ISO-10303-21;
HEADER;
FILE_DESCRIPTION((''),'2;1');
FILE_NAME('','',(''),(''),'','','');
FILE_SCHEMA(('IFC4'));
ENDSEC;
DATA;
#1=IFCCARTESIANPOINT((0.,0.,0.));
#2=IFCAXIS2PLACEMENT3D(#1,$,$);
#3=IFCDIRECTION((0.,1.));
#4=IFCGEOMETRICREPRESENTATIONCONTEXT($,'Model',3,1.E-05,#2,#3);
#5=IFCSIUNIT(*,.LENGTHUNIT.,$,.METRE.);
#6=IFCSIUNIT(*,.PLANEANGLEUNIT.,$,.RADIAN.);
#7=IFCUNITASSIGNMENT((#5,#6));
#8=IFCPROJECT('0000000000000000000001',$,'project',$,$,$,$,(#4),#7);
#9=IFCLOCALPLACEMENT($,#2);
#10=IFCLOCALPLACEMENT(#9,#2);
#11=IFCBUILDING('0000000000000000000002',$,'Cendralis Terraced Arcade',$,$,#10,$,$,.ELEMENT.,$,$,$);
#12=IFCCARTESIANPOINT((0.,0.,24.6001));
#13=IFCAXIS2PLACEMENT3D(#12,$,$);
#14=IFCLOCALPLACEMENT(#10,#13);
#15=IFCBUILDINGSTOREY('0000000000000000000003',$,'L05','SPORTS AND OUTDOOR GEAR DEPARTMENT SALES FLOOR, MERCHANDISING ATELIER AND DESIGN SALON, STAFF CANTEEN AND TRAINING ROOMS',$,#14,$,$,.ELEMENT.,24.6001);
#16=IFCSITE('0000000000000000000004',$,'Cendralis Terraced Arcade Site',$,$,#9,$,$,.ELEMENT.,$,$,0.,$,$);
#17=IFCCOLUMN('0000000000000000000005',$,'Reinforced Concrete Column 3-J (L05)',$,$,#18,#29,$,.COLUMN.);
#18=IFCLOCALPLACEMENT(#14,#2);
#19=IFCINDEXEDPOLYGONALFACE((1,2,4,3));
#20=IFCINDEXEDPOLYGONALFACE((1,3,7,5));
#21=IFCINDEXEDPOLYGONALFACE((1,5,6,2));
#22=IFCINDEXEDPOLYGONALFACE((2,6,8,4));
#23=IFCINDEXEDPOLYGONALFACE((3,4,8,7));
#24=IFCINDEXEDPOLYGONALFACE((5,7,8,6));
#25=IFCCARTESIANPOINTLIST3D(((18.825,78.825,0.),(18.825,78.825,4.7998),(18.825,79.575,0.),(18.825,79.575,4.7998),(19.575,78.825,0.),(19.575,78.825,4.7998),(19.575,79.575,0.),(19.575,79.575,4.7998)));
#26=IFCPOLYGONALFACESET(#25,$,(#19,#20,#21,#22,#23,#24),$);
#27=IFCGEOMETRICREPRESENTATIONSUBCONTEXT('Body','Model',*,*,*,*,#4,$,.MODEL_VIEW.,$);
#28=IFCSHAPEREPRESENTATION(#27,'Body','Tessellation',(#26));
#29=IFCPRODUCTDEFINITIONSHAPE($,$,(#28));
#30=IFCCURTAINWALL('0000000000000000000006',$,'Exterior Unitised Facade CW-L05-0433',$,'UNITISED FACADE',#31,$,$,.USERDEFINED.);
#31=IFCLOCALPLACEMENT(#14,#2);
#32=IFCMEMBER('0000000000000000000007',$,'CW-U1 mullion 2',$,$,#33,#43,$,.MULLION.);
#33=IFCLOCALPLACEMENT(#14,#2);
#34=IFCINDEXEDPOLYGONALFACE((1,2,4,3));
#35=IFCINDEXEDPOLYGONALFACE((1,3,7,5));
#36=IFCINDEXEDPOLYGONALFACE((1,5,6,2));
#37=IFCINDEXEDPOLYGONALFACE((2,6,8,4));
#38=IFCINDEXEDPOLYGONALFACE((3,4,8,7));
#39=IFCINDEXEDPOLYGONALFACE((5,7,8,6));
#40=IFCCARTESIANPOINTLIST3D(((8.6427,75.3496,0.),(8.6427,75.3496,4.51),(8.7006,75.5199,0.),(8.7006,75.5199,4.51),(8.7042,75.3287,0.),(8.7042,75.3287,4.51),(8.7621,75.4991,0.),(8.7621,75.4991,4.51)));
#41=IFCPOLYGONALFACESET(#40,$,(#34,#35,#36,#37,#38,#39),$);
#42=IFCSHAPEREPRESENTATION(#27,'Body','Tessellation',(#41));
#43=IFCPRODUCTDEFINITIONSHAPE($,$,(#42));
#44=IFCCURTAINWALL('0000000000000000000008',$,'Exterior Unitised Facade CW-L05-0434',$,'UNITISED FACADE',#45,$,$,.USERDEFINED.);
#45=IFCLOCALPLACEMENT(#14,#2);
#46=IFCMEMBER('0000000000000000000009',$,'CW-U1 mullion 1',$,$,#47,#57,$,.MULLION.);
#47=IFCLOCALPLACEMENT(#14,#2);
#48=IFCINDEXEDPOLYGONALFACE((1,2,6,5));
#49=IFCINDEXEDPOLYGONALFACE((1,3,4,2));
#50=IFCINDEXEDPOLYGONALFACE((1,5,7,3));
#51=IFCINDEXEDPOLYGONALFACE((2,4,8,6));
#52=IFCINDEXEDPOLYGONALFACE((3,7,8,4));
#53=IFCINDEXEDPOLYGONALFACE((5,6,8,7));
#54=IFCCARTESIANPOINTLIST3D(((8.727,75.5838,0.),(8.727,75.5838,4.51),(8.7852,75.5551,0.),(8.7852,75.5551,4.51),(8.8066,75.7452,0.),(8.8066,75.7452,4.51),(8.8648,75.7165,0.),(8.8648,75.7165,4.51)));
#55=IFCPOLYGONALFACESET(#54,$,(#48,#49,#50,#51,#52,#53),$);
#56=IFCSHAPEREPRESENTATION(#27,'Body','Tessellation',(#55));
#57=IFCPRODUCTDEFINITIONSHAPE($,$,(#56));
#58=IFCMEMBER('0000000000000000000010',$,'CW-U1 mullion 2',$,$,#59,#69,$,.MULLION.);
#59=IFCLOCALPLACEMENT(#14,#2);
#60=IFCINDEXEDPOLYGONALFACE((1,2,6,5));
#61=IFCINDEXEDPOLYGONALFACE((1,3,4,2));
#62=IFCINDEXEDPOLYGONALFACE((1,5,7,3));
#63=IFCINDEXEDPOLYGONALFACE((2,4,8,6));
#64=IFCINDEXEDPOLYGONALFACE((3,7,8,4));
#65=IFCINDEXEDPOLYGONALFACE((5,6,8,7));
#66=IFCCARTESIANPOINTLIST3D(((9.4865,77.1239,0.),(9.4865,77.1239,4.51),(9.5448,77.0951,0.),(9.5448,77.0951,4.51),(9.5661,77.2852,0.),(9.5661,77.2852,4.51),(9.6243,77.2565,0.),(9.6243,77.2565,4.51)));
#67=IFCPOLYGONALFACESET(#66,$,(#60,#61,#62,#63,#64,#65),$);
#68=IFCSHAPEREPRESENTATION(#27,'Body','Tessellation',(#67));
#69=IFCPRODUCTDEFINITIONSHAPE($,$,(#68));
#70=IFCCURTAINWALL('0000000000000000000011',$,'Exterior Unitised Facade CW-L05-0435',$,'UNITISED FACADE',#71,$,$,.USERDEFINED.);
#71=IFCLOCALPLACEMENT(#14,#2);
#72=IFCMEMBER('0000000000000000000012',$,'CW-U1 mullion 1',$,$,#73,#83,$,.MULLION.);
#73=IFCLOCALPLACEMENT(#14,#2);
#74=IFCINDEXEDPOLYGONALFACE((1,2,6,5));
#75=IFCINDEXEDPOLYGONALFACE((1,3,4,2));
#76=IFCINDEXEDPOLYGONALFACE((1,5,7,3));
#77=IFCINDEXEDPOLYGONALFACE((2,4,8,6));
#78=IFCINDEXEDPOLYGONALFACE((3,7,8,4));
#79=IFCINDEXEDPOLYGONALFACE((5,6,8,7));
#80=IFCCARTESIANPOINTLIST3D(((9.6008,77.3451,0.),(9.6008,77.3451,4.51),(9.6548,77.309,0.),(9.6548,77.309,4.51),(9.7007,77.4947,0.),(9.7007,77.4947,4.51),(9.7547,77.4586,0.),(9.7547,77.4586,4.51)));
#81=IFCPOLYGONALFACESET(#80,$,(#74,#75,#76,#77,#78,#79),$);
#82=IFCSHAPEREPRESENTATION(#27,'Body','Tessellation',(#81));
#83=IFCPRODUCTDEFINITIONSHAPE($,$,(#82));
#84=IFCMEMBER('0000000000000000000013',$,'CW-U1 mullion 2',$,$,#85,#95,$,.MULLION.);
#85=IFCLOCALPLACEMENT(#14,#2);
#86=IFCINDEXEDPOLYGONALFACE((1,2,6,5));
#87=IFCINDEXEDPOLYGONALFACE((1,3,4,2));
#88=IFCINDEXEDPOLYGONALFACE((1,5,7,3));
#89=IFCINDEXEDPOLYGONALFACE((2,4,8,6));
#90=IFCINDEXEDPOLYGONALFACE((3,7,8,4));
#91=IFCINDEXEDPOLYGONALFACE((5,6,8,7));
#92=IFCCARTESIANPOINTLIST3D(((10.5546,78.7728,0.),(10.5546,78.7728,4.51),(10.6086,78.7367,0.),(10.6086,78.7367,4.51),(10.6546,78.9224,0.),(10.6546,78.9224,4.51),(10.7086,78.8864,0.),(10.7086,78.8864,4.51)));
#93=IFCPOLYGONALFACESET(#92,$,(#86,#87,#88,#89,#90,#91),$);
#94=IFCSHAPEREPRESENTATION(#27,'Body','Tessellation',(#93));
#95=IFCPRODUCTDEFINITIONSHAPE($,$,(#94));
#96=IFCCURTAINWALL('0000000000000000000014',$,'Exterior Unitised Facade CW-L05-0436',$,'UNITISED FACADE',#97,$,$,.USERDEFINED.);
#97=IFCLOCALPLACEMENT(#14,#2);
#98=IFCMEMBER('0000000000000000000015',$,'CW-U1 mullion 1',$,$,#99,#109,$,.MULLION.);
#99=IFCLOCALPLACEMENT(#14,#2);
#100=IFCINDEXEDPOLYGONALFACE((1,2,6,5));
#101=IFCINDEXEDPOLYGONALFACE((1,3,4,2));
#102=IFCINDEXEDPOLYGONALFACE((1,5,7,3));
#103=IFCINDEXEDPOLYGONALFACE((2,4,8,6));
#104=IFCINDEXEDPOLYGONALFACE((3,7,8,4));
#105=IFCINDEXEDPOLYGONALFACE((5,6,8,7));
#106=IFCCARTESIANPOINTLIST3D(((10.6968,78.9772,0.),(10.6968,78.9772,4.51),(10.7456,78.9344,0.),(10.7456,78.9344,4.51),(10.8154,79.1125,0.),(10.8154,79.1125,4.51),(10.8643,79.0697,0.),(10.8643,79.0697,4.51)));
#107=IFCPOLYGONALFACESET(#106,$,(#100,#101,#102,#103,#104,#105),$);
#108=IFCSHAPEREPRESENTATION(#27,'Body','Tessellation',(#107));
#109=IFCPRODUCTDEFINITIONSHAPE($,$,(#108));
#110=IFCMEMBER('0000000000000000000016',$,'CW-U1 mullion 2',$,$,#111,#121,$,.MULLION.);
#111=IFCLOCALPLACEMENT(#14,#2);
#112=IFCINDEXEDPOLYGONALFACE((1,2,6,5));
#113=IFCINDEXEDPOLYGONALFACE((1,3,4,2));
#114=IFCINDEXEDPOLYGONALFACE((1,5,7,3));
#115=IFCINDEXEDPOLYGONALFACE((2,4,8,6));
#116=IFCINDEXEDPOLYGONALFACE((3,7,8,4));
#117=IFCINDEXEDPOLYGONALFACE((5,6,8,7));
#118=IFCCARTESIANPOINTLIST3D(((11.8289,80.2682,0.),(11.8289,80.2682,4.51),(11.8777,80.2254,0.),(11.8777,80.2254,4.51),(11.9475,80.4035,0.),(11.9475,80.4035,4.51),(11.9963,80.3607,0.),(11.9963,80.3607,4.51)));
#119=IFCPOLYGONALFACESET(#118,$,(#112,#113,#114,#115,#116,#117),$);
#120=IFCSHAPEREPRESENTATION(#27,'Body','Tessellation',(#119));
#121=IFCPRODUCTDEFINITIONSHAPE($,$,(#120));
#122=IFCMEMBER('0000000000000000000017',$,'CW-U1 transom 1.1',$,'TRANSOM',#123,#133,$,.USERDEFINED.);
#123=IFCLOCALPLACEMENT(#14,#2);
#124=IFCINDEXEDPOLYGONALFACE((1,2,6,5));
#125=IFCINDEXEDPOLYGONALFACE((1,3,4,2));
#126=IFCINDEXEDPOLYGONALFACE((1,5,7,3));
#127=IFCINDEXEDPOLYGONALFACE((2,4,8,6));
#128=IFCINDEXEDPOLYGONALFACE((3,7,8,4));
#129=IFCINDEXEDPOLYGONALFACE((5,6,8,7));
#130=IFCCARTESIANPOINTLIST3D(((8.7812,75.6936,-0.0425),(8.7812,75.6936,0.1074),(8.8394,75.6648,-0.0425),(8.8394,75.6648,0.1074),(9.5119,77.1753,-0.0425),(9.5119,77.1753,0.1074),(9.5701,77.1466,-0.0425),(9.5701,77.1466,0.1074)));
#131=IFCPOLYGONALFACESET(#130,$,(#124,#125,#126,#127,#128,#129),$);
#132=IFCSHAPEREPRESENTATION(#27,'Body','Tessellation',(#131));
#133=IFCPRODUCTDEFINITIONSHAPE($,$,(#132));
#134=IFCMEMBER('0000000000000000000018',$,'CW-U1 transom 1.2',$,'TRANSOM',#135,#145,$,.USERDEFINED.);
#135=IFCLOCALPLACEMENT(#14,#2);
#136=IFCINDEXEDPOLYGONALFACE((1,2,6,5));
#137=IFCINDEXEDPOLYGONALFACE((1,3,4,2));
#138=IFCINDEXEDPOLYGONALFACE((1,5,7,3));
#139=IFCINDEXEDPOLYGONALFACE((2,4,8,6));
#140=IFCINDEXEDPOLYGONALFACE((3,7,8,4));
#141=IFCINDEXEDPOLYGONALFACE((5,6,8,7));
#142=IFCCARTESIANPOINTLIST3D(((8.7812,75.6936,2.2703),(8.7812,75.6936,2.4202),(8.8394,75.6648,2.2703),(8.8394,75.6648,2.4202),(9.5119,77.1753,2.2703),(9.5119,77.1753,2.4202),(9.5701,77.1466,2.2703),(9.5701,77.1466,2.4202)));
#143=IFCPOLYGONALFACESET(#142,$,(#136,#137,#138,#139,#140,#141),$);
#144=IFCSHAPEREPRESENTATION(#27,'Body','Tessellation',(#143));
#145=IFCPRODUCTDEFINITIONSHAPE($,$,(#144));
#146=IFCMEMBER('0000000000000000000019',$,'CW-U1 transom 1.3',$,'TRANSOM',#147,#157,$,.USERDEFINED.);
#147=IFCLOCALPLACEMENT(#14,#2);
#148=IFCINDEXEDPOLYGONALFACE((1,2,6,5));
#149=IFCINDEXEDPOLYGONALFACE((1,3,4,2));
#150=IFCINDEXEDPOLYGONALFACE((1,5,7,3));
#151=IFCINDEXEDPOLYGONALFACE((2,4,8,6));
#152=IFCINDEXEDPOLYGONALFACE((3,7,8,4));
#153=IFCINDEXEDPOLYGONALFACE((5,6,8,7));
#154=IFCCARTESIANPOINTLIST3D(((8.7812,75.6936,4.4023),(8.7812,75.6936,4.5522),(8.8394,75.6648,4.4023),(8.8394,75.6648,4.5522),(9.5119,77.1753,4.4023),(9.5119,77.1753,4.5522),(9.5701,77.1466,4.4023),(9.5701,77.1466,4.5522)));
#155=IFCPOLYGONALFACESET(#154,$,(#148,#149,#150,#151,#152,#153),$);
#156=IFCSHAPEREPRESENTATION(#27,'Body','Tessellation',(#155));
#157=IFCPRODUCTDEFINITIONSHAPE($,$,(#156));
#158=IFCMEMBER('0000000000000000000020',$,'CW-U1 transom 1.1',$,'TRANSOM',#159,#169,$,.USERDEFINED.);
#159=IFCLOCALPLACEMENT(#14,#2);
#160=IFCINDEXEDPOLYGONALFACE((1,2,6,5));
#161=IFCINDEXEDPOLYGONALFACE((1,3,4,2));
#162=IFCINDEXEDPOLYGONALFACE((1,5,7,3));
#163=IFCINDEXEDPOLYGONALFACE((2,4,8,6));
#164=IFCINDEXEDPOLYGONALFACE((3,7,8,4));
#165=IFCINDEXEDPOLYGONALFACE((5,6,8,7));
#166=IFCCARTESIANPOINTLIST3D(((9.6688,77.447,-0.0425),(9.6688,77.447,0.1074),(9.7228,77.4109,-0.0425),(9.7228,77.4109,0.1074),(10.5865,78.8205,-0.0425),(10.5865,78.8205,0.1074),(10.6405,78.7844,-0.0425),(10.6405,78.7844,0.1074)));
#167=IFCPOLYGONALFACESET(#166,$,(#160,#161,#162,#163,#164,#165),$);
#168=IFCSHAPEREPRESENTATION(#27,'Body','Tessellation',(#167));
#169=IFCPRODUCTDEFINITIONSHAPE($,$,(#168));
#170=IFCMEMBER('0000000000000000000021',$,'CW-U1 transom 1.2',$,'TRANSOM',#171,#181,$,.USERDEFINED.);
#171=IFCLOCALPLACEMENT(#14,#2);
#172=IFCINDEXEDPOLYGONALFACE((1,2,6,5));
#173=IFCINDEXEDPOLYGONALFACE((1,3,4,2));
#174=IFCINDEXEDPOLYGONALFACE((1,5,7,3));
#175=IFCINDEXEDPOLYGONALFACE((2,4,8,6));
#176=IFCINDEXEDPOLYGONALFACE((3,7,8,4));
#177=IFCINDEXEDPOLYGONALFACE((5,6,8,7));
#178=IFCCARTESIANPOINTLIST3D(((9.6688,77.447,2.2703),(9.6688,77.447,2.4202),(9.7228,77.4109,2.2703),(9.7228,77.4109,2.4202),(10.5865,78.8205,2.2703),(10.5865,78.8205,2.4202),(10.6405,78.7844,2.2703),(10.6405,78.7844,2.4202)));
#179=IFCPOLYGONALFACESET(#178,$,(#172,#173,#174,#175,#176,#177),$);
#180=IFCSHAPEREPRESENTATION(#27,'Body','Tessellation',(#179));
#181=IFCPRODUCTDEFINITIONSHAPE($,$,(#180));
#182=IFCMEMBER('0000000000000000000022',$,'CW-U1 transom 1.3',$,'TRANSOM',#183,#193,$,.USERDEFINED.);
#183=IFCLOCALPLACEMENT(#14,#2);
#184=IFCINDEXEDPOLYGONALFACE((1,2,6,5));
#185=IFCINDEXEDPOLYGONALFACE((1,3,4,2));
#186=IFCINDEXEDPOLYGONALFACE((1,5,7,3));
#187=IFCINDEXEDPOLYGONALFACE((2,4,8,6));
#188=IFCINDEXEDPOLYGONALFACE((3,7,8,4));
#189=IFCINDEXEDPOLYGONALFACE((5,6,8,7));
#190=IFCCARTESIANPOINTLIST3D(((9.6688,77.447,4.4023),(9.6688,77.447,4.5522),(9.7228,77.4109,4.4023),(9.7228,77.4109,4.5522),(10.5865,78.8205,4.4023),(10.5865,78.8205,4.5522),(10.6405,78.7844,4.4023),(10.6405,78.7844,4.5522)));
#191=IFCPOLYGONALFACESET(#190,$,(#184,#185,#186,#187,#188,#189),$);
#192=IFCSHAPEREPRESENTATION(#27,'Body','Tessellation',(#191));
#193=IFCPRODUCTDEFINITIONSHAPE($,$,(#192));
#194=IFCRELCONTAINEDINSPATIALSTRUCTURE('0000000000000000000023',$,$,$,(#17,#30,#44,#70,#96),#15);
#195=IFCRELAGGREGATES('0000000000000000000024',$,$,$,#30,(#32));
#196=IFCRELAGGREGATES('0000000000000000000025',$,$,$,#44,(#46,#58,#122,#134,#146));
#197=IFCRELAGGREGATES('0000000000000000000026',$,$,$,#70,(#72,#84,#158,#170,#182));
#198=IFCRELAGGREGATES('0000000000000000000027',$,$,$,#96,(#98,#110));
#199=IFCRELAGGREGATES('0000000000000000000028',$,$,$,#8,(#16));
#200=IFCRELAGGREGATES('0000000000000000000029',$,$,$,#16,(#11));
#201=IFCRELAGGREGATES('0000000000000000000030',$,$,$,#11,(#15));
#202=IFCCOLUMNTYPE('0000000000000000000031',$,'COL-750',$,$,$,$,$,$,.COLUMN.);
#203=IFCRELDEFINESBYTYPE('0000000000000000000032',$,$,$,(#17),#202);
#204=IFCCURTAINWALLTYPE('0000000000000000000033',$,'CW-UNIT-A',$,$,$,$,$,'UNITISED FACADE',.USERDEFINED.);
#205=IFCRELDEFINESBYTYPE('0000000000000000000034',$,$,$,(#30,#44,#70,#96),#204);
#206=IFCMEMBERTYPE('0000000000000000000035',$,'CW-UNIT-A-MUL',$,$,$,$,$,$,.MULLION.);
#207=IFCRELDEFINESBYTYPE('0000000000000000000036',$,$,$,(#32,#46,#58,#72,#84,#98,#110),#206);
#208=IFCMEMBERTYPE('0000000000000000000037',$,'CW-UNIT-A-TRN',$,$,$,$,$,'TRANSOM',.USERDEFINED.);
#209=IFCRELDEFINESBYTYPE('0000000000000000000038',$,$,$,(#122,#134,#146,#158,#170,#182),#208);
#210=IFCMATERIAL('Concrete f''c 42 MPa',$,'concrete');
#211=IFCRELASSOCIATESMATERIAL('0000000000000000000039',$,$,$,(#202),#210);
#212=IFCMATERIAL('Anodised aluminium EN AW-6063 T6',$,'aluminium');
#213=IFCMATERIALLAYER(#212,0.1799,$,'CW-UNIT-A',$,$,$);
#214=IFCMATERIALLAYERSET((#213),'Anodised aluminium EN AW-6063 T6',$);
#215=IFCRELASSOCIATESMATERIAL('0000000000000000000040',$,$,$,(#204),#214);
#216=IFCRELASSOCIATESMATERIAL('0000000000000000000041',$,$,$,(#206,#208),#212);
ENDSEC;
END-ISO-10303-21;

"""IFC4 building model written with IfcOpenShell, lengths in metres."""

from ifc_helpers import new_model, si_unit, direction, frame, origin, origin_2d, place, context, subcontext, project, spatial, rectangle, extrude, material, layer, layer_set, material_profile, profile_set, type_object, element, aggregate, save


model = new_model("IFC4")

# Units and contexts
model_context = context("Model", 3, precision=1e-05, world=origin(), true_north=direction((0.0, 1.0)))
body_context = subcontext(model_context, "Body", "Model", "MODEL_VIEW")
ifc_project = project(units=[si_unit("LENGTHUNIT", "METRE"), si_unit("PLANEANGLEUNIT", "RADIAN")], contexts=[model_context])

# Site, building, storey
site_placement = place(None, origin())
site = spatial("IfcSite", under=ifc_project, at=site_placement, Name="Cendralis Terraced Arcade Site", CompositionType="ELEMENT", RefElevation=0.0)
building_placement = place(site_placement, origin())
building = spatial("IfcBuilding", under=site, at=building_placement, Name="Cendralis Terraced Arcade", CompositionType="ELEMENT")
storey_placement = place(building_placement, frame((0.0, 0.0, 24.6001)))
storey = spatial("IfcBuildingStorey", under=building, at=storey_placement, Name="L05", Description="SPORTS AND OUTDOOR GEAR DEPARTMENT SALES FLOOR, MERCHANDISING ATELIER AND DESIGN SALON, STAFF CANTEEN AND TRAINING ROOMS", CompositionType="ELEMENT", Elevation=24.6001)

# Column
ifc_material_1 = material(Name="Concrete f'c 42 MPa", Category="concrete")
ifc_material_profile_1 = material_profile(ifc_material_1, rectangle(XDim=0.75, YDim=0.75, at=origin_2d()), Name="RC-COL-750x750", Category="LoadBearing")
ifc_profile_set_1 = profile_set([ifc_material_profile_1], Name="Concrete f'c 42 MPa")
column_type = type_object("IfcColumnType", Name="COL-750", PredefinedType="COLUMN", material=ifc_profile_set_1)
column_placement = place(storey_placement, frame((19.2, 79.2, 0.0), z_axis=(0.0, 0.0, 1.0), x_axis=(1.0, 0.0, 0.0)))
element("IfcColumn", 1, at=column_placement, inside=storey, type_object=column_type, Name="Reinforced Concrete Column 3-J (L05)", PredefinedType="COLUMN", context=body_context, shape_type="SweptSolid", body=[
    extrude(rectangle(XDim=0.75, YDim=0.75, at=origin_2d()), origin(), (0.0, 0.0, 1.0), 4.7998),
])

# Curtain wall, member
ifc_material_2 = material(Name="Anodised aluminium EN AW-6063 T6", Category="aluminium")
ifc_layer_1 = layer(ifc_material_2, 0.1799, Name="CW-UNIT-A")
ifc_layer_set_1 = layer_set([ifc_layer_1], Name="Anodised aluminium EN AW-6063 T6")
curtain_wall_type = type_object("IfcCurtainWallType", Name="CW-UNIT-A", ElementType="UNITISED FACADE", PredefinedType="USERDEFINED", material=ifc_layer_set_1)
curtain_wall_1_placement = place(storey_placement, origin())
curtain_wall_1 = element("IfcCurtainWall", 2, at=curtain_wall_1_placement, inside=storey, type_object=curtain_wall_type, Name="Exterior Unitised Facade CW-L05-0433", ObjectType="UNITISED FACADE", PredefinedType="USERDEFINED")
ifc_material_profile_2 = material_profile(ifc_material_2, rectangle(XDim=0.0649, YDim=0.1799, at=origin_2d()), Name="ALU-MUL-65x180")
ifc_profile_set_2 = profile_set([ifc_material_profile_2], Name="Anodised aluminium EN AW-6063 T6")
member_type_1 = type_object("IfcMemberType", Name="CW-UNIT-A-MUL", PredefinedType="MULLION", material=ifc_profile_set_2)
member_1_placement = place(storey_placement, frame((8.7024, 75.4243, 0.0), z_axis=(0.0, 0.0, 1.0), x_axis=(-0.946924, 0.321458, 0.0)))
member_1 = element("IfcMember", 3, at=member_1_placement, type_object=member_type_1, Name="CW-U1 mullion 2", PredefinedType="MULLION", context=body_context, shape_type="SweptSolid", body=[
    extrude(rectangle(XDim=0.0649, YDim=0.1799, at=origin_2d()), origin(), (0.0, 0.0, 1.0), 4.51),
])

# Curtain walls, members
curtain_wall_2_placement = place(storey_placement, origin())
curtain_wall_2 = element("IfcCurtainWall", 4, at=curtain_wall_2_placement, inside=storey, type_object=curtain_wall_type, Name="Exterior Unitised Facade CW-L05-0434", ObjectType="UNITISED FACADE", PredefinedType="USERDEFINED")
member_2_placement = place(storey_placement, frame((8.7959, 75.6501, 0.0), z_axis=(0.0, 0.0, 1.0), x_axis=(-0.896871, 0.442291, 0.0)))
member_2 = element("IfcMember", 5, at=member_2_placement, type_object=member_type_1, Name="CW-U1 mullion 1", PredefinedType="MULLION", context=body_context, shape_type="SweptSolid", body=[
    extrude(rectangle(XDim=0.0649, YDim=0.1799, at=origin_2d()), origin(), (0.0, 0.0, 1.0), 4.51),
])
member_3_placement = place(storey_placement, frame((9.5554, 77.1902, 0.0), z_axis=(0.0, 0.0, 1.0), x_axis=(-0.896871, 0.442291, 0.0)))
member_3 = element("IfcMember", 6, at=member_3_placement, type_object=member_type_1, Name="CW-U1 mullion 2", PredefinedType="MULLION", context=body_context, shape_type="SweptSolid", body=[
    extrude(rectangle(XDim=0.0649, YDim=0.1799, at=origin_2d()), origin(), (0.0, 0.0, 1.0), 4.51),
])
curtain_wall_3_placement = place(storey_placement, origin())
curtain_wall_3 = element("IfcCurtainWall", 7, at=curtain_wall_3_placement, inside=storey, type_object=curtain_wall_type, Name="Exterior Unitised Facade CW-L05-0435", ObjectType="UNITISED FACADE", PredefinedType="USERDEFINED")
member_4_placement = place(storey_placement, frame((9.6777, 77.4019, 0.0), z_axis=(0.0, 0.0, 1.0), x_axis=(-0.831471, 0.555567, 0.0)))
member_4 = element("IfcMember", 8, at=member_4_placement, type_object=member_type_1, Name="CW-U1 mullion 1", PredefinedType="MULLION", context=body_context, shape_type="SweptSolid", body=[
    extrude(rectangle(XDim=0.0649, YDim=0.1799, at=origin_2d()), origin(), (0.0, 0.0, 1.0), 4.51),
])
member_5_placement = place(storey_placement, frame((10.6316, 78.8296, 0.0), z_axis=(0.0, 0.0, 1.0), x_axis=(-0.831471, 0.555567, 0.0)))
member_5 = element("IfcMember", 9, at=member_5_placement, type_object=member_type_1, Name="CW-U1 mullion 2", PredefinedType="MULLION", context=body_context, shape_type="SweptSolid", body=[
    extrude(rectangle(XDim=0.0649, YDim=0.1799, at=origin_2d()), origin(), (0.0, 0.0, 1.0), 4.51),
])
curtain_wall_4_placement = place(storey_placement, origin())
curtain_wall_4 = element("IfcCurtainWall", 10, at=curtain_wall_4_placement, inside=storey, type_object=curtain_wall_type, Name="Exterior Unitised Facade CW-L05-0436", ObjectType="UNITISED FACADE", PredefinedType="USERDEFINED")
member_6_placement = place(storey_placement, frame((10.7805, 79.0234, 0.0), z_axis=(0.0, 0.0, 1.0), x_axis=(-0.751804, 0.659386, 0.0)))
member_6 = element("IfcMember", 11, at=member_6_placement, type_object=member_type_1, Name="CW-U1 mullion 1", PredefinedType="MULLION", context=body_context, shape_type="SweptSolid", body=[
    extrude(rectangle(XDim=0.0649, YDim=0.1799, at=origin_2d()), origin(), (0.0, 0.0, 1.0), 4.51),
])
member_7_placement = place(storey_placement, frame((11.9126, 80.3145, 0.0), z_axis=(0.0, 0.0, 1.0), x_axis=(-0.751804, 0.659386, 0.0)))
member_7 = element("IfcMember", 12, at=member_7_placement, type_object=member_type_1, Name="CW-U1 mullion 2", PredefinedType="MULLION", context=body_context, shape_type="SweptSolid", body=[
    extrude(rectangle(XDim=0.0649, YDim=0.1799, at=origin_2d()), origin(), (0.0, 0.0, 1.0), 4.51),
])

# Members
ifc_material_profile_3 = material_profile(ifc_material_2, rectangle(XDim=0.0649, YDim=0.1499, at=origin_2d()), Name="ALU-TRN-65x150")
ifc_profile_set_3 = profile_set([ifc_material_profile_3], Name="Anodised aluminium EN AW-6063 T6")
member_type_2 = type_object("IfcMemberType", Name="CW-UNIT-A-TRN", ElementType="TRANSOM", PredefinedType="USERDEFINED", material=ifc_profile_set_3)
member_8_placement = place(storey_placement, frame((8.8103, 75.6792, 0.0325), z_axis=(0.442301, 0.896867, 0.0), x_axis=(-0.896867, 0.442301, 0.0)))
member_8 = element("IfcMember", 13, at=member_8_placement, type_object=member_type_2, Name="CW-U1 transom 1.1", ObjectType="TRANSOM", PredefinedType="USERDEFINED", context=body_context, shape_type="SweptSolid", body=[
    extrude(rectangle(XDim=0.0649, YDim=0.1499, at=origin_2d()), origin(), (0.0, 0.0, 1.0), 1.6521),
])
member_9_placement = place(storey_placement, frame((8.8103, 75.6792, 2.3452), z_axis=(0.442301, 0.896867, 0.0), x_axis=(-0.896867, 0.442301, 0.0)))
member_9 = element("IfcMember", 14, at=member_9_placement, type_object=member_type_2, Name="CW-U1 transom 1.2", ObjectType="TRANSOM", PredefinedType="USERDEFINED", context=body_context, shape_type="SweptSolid", body=[
    extrude(rectangle(XDim=0.0649, YDim=0.1499, at=origin_2d()), origin(), (0.0, 0.0, 1.0), 1.6521),
])
member_10_placement = place(storey_placement, frame((8.8103, 75.6792, 4.4773), z_axis=(0.442301, 0.896867, 0.0), x_axis=(-0.896867, 0.442301, 0.0)))
member_10 = element("IfcMember", 15, at=member_10_placement, type_object=member_type_2, Name="CW-U1 transom 1.3", ObjectType="TRANSOM", PredefinedType="USERDEFINED", context=body_context, shape_type="SweptSolid", body=[
    extrude(rectangle(XDim=0.0649, YDim=0.1499, at=origin_2d()), origin(), (0.0, 0.0, 1.0), 1.6521),
])
member_11_placement = place(storey_placement, frame((9.6958, 77.429, 0.0325), z_axis=(0.555553, 0.831481, 0.0), x_axis=(-0.831481, 0.555553, 0.0)))
member_11 = element("IfcMember", 16, at=member_11_placement, type_object=member_type_2, Name="CW-U1 transom 1.1", ObjectType="TRANSOM", PredefinedType="USERDEFINED", context=body_context, shape_type="SweptSolid", body=[
    extrude(rectangle(XDim=0.0649, YDim=0.1499, at=origin_2d()), origin(), (0.0, 0.0, 1.0), 1.6519),
])
member_12_placement = place(storey_placement, frame((9.6958, 77.429, 2.3452), z_axis=(0.555553, 0.831481, 0.0), x_axis=(-0.831481, 0.555553, 0.0)))
member_12 = element("IfcMember", 17, at=member_12_placement, type_object=member_type_2, Name="CW-U1 transom 1.2", ObjectType="TRANSOM", PredefinedType="USERDEFINED", context=body_context, shape_type="SweptSolid", body=[
    extrude(rectangle(XDim=0.0649, YDim=0.1499, at=origin_2d()), origin(), (0.0, 0.0, 1.0), 1.6519),
])
member_13_placement = place(storey_placement, frame((9.6958, 77.429, 4.4773), z_axis=(0.555553, 0.831481, 0.0), x_axis=(-0.831481, 0.555553, 0.0)))
member_13 = element("IfcMember", 18, at=member_13_placement, type_object=member_type_2, Name="CW-U1 transom 1.3", ObjectType="TRANSOM", PredefinedType="USERDEFINED", context=body_context, shape_type="SweptSolid", body=[
    extrude(rectangle(XDim=0.0649, YDim=0.1499, at=origin_2d()), origin(), (0.0, 0.0, 1.0), 1.6519),
])

aggregate(curtain_wall_1, [member_1])
aggregate(curtain_wall_2, [member_2, member_3, member_8, member_9, member_10])
aggregate(curtain_wall_3, [member_4, member_5, member_11, member_12, member_13])
aggregate(curtain_wall_4, [member_6, member_7])

save(model, "model.ifc")
